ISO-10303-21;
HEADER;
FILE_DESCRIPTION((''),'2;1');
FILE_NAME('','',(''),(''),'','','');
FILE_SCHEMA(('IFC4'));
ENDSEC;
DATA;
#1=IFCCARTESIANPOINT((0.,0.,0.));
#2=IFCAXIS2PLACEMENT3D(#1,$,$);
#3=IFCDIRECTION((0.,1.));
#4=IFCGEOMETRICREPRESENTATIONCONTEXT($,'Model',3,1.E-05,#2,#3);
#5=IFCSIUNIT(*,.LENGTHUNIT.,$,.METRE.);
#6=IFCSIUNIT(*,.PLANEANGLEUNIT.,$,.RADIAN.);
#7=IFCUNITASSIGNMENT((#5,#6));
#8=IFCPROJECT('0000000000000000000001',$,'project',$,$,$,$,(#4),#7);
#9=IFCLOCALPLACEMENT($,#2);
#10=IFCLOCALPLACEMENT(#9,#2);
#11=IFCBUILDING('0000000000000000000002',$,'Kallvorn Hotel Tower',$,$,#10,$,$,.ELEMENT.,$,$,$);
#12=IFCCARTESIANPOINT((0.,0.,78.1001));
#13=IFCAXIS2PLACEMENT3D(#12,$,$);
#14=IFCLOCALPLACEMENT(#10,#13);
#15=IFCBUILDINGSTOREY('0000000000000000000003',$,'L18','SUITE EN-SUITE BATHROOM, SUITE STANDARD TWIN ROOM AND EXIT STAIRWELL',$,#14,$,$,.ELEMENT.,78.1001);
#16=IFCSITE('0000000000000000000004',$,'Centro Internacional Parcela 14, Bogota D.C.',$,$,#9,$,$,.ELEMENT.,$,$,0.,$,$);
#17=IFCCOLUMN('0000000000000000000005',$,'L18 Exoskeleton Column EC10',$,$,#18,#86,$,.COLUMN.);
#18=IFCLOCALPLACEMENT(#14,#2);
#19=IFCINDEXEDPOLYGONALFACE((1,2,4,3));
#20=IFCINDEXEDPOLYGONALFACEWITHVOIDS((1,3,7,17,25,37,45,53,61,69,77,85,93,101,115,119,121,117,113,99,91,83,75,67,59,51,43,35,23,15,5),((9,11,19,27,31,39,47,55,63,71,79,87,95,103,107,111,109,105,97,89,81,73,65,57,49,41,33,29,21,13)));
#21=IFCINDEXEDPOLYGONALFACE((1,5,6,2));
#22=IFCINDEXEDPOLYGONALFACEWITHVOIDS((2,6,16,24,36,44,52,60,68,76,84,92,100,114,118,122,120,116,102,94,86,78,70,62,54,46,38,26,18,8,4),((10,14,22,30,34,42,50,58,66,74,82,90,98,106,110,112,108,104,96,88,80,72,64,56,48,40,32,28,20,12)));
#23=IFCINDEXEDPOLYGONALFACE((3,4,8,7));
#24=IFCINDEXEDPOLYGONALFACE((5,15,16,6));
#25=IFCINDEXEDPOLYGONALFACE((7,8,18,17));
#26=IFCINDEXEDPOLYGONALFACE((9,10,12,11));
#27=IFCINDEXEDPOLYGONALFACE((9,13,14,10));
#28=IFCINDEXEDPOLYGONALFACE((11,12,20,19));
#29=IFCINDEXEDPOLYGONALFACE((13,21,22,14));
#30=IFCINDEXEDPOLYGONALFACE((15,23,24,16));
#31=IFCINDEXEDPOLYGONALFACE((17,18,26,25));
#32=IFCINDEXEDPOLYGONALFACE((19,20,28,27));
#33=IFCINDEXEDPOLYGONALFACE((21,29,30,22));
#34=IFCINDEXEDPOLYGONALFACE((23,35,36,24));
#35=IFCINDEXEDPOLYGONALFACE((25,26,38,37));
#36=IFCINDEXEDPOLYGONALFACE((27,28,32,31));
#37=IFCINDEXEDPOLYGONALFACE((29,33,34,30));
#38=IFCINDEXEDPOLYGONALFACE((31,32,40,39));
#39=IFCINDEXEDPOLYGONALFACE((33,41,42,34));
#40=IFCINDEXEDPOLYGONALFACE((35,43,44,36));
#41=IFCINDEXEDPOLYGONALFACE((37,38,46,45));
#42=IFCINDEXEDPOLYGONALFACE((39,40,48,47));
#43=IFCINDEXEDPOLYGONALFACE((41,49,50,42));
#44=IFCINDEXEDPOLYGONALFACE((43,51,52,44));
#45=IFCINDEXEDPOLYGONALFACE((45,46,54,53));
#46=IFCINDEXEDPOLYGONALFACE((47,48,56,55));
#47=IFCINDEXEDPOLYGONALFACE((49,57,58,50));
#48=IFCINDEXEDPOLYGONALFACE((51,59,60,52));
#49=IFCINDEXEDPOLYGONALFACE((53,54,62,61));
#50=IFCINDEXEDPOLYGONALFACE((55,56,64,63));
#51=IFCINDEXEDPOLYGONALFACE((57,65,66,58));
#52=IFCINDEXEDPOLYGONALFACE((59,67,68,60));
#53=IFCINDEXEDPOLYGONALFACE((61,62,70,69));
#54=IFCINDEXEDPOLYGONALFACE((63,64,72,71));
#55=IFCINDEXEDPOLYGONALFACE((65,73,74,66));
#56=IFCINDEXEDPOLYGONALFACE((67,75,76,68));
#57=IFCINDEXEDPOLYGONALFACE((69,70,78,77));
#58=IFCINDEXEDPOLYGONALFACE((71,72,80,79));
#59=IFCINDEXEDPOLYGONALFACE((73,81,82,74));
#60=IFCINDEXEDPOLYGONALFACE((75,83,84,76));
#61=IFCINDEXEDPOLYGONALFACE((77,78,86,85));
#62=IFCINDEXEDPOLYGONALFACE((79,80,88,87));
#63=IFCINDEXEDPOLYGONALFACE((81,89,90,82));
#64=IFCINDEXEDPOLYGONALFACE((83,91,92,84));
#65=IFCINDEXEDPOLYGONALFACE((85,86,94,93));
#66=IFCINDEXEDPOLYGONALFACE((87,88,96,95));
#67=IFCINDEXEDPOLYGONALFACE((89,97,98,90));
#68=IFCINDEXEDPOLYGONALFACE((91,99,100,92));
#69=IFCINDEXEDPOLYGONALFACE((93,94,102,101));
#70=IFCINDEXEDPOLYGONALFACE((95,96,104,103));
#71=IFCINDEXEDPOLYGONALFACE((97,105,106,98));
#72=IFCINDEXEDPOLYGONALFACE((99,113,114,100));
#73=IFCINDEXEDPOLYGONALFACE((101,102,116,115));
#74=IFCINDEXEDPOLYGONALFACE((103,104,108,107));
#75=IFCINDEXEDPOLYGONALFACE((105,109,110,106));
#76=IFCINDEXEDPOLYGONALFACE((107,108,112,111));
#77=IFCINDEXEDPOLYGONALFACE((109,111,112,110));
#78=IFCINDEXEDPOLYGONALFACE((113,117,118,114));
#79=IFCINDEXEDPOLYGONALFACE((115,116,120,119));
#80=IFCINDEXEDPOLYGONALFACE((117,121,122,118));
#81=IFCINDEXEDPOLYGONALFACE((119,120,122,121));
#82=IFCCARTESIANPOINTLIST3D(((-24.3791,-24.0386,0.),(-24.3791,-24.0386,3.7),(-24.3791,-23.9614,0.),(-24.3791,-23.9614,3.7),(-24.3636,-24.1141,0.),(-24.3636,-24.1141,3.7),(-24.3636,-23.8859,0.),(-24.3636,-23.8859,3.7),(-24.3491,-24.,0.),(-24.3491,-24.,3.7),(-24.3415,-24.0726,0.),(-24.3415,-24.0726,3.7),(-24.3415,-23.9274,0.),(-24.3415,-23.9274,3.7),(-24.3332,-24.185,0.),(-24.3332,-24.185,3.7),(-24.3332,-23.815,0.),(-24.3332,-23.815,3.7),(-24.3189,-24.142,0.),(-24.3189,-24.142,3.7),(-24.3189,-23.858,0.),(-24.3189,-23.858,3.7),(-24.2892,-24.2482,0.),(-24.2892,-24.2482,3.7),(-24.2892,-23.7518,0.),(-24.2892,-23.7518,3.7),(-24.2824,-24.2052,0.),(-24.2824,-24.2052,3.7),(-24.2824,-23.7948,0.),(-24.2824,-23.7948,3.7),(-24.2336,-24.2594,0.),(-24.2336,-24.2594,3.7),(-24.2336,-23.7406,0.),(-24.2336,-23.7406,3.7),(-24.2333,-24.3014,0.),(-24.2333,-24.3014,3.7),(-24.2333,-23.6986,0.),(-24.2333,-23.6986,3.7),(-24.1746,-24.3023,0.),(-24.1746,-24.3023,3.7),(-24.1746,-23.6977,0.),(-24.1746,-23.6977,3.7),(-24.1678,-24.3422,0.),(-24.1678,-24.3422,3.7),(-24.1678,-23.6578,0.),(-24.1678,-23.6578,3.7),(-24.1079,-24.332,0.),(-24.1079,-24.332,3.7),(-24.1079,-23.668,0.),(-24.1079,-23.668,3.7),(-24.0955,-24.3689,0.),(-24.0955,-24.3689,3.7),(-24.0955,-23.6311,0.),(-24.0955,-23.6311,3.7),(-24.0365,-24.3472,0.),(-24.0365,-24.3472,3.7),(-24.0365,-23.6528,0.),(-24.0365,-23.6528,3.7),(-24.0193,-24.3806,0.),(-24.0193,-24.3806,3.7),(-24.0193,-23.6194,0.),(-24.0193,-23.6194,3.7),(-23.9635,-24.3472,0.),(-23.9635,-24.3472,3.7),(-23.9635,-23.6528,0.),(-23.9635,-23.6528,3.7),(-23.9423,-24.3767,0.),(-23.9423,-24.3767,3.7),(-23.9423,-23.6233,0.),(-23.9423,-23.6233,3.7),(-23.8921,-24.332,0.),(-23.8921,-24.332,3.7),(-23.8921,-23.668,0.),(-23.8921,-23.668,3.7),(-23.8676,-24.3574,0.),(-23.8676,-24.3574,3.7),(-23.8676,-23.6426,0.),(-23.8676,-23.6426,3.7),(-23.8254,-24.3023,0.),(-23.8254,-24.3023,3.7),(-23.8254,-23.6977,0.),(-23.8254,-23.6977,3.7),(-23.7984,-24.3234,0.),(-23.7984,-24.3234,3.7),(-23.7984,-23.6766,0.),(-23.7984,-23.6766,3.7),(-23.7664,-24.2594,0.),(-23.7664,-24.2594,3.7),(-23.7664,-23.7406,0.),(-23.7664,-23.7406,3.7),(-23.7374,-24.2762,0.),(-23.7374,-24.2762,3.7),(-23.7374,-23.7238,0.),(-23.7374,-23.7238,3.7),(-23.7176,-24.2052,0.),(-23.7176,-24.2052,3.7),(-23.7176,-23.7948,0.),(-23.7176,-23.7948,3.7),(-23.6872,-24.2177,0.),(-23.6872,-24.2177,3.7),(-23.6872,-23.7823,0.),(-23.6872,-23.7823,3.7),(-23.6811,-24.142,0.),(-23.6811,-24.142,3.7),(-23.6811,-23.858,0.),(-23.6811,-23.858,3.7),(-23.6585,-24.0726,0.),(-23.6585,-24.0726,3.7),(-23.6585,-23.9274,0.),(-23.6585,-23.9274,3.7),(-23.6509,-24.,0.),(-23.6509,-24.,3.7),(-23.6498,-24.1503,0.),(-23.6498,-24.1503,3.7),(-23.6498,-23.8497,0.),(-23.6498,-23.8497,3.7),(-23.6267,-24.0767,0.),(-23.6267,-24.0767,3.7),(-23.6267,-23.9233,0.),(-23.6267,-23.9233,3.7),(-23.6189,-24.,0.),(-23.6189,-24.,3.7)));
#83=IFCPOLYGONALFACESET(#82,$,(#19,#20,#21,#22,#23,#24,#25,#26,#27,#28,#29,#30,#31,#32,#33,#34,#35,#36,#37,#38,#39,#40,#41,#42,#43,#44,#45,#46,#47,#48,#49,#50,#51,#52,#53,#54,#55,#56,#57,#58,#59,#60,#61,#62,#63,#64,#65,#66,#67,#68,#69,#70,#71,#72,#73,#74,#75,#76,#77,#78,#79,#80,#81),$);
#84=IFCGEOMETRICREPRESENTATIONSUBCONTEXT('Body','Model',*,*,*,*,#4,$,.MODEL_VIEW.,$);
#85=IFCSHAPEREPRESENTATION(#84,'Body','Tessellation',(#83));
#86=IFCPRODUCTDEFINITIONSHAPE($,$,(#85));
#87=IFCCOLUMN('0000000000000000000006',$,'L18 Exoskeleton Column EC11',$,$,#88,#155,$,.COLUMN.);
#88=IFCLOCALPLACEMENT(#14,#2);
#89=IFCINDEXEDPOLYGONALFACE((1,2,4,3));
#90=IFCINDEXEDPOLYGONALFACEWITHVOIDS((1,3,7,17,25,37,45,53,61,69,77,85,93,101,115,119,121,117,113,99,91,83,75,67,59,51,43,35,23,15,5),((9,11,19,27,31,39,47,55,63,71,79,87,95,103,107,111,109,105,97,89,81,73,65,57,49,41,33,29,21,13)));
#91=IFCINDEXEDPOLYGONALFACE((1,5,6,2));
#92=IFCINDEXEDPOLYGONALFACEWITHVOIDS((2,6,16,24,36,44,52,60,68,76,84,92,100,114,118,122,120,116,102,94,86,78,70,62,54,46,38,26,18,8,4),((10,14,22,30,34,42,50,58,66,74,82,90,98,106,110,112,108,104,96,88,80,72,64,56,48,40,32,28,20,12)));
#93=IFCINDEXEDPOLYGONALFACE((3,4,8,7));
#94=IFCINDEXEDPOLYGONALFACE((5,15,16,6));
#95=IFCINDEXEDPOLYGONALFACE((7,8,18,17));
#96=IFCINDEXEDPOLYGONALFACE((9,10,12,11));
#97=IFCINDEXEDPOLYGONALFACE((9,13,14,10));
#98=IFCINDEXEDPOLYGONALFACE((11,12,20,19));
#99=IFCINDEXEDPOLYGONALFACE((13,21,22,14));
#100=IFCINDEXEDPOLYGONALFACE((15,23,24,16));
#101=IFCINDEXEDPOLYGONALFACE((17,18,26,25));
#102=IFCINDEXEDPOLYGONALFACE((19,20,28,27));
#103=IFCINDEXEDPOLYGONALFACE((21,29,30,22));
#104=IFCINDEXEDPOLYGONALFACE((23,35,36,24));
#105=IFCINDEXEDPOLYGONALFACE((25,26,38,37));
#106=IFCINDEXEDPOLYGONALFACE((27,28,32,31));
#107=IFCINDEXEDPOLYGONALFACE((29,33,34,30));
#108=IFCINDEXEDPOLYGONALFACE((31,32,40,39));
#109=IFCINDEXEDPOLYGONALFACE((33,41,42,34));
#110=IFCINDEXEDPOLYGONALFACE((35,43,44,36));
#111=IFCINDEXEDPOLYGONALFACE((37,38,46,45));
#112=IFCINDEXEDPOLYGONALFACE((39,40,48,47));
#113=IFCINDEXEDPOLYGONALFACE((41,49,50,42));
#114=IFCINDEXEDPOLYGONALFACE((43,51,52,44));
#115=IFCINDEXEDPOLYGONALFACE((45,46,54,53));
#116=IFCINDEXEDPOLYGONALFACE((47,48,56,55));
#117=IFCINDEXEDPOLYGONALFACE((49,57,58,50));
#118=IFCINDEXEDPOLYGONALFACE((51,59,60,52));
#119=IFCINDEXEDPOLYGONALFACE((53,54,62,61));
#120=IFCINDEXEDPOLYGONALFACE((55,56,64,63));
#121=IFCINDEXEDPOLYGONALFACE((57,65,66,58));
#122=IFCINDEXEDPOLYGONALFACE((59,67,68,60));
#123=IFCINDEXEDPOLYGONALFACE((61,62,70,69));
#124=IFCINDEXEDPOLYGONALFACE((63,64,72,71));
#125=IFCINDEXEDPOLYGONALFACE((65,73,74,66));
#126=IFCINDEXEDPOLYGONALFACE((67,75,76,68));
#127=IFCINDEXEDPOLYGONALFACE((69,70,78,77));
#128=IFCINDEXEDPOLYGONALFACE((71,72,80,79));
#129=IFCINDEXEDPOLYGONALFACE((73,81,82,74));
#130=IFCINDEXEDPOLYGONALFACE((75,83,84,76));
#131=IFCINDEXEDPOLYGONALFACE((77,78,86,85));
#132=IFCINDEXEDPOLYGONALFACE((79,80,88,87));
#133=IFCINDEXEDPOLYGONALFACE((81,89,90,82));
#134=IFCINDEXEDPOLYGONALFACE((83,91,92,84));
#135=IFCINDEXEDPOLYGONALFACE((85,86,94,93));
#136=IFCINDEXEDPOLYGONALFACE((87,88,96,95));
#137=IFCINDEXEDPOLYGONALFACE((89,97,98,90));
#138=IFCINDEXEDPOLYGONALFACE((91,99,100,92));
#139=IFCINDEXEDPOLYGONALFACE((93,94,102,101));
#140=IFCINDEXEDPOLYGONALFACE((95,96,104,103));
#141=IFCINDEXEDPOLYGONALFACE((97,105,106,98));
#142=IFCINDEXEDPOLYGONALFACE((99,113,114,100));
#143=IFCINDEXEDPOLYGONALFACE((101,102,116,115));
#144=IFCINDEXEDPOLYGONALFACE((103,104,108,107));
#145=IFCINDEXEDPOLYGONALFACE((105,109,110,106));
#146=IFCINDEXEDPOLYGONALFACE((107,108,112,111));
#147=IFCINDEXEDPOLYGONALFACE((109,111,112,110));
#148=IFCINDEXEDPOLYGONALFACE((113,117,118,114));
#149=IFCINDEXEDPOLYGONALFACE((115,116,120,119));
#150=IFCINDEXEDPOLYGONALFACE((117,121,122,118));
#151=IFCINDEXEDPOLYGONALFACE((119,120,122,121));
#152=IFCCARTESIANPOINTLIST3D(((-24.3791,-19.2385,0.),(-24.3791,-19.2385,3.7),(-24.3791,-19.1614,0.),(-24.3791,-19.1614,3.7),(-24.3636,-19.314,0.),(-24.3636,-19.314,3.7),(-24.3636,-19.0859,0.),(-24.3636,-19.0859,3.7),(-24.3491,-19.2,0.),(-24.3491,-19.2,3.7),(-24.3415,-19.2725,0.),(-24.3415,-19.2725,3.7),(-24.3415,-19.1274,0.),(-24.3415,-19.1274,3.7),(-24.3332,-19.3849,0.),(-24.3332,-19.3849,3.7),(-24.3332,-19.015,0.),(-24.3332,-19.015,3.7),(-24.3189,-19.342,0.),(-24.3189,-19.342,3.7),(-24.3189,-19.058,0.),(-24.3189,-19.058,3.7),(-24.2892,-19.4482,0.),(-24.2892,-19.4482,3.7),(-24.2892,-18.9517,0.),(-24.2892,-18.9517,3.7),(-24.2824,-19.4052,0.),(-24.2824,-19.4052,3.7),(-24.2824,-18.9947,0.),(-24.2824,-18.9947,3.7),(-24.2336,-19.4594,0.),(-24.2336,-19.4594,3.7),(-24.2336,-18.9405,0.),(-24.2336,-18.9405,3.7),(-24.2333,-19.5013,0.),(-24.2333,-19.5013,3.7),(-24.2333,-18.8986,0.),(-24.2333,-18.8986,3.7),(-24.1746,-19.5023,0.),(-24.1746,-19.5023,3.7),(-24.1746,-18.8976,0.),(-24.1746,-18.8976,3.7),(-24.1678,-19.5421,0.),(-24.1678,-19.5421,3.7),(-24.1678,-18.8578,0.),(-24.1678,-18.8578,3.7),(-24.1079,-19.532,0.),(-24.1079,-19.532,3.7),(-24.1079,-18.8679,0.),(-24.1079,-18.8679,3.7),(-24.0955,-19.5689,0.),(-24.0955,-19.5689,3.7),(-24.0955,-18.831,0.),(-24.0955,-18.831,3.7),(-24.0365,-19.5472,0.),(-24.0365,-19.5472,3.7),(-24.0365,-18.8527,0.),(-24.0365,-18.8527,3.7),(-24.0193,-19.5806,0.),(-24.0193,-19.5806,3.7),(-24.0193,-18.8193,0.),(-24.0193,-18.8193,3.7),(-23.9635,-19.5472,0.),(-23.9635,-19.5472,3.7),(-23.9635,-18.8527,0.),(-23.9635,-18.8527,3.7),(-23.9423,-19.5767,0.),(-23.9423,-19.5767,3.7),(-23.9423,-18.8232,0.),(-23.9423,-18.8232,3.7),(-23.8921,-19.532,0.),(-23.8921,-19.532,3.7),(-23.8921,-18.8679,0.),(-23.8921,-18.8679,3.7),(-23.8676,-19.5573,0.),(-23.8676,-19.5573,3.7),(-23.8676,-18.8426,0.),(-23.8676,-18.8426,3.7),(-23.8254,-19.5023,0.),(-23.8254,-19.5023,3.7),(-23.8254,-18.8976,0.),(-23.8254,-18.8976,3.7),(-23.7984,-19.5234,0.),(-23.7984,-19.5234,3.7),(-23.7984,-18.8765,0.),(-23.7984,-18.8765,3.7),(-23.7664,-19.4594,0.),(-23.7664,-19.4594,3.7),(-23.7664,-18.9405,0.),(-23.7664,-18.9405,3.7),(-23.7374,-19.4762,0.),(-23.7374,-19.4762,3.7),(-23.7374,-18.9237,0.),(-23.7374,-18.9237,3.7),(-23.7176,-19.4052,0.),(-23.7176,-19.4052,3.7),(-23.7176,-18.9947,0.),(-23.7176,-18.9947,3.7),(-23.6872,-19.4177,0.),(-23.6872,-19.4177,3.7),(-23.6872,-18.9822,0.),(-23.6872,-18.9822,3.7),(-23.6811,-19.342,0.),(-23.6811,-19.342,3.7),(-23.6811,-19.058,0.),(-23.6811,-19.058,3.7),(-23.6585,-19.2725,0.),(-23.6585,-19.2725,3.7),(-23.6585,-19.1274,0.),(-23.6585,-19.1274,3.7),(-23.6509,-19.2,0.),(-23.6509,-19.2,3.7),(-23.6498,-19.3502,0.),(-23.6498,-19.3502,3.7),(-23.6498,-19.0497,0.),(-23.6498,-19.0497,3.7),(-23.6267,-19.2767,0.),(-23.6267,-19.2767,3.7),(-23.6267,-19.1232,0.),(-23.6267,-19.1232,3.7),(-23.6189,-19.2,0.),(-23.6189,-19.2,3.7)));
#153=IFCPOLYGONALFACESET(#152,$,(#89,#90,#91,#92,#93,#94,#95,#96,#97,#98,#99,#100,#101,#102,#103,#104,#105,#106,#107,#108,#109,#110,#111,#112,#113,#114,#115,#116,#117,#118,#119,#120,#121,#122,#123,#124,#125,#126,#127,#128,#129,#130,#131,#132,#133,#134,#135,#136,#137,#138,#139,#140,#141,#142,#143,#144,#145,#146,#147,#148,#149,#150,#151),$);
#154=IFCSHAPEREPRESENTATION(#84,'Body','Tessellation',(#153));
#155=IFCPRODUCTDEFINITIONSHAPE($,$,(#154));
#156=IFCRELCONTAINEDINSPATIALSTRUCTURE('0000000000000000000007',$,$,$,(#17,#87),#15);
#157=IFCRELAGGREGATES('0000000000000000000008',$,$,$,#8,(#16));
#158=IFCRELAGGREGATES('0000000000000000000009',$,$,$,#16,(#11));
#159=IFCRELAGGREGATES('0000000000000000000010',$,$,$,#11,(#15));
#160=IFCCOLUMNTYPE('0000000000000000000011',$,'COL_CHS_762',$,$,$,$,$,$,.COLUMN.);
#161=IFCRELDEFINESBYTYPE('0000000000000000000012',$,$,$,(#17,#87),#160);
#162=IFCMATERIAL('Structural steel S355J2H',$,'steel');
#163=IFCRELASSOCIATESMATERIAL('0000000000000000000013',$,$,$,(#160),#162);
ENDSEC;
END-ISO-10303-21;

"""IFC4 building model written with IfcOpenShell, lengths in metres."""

from ifc_helpers import new_model, si_unit, direction, frame, origin, origin_2d, place, context, subcontext, project, spatial, hollow_circle, extrude, material, material_profile, profile_set, type_object, element, save


model = new_model("IFC4")

# Units and contexts
model_context = context("Model", 3, precision=1e-05, world=origin(), true_north=direction((0.0, 1.0)))
body_context = subcontext(model_context, "Body", "Model", "MODEL_VIEW")
ifc_project = project(units=[si_unit("LENGTHUNIT", "METRE"), si_unit("PLANEANGLEUNIT", "RADIAN")], contexts=[model_context])

# Site, building, storey
site_placement = place(None, origin())
site = spatial("IfcSite", under=ifc_project, at=site_placement, Name="Centro Internacional Parcela 14, Bogota D.C.", CompositionType="ELEMENT", RefElevation=0.0)
building_placement = place(site_placement, origin())
building = spatial("IfcBuilding", under=site, at=building_placement, Name="Kallvorn Hotel Tower", CompositionType="ELEMENT")
storey_placement = place(building_placement, frame((0.0, 0.0, 78.1001)))
storey = spatial("IfcBuildingStorey", under=building, at=storey_placement, Name="L18", Description="SUITE EN-SUITE BATHROOM, SUITE STANDARD TWIN ROOM AND EXIT STAIRWELL", CompositionType="ELEMENT", Elevation=78.1001)

# Columns
ifc_material_1 = material(Name="Structural steel S355J2H", Category="steel")
ifc_material_profile_1 = material_profile(ifc_material_1, hollow_circle(Radius=0.3811, WallThickness=0.032, at=origin_2d()), Name="CHS 762x32")
ifc_profile_set_1 = profile_set([ifc_material_profile_1], Name="Structural steel S355J2H")
column_type = type_object("IfcColumnType", Name="COL_CHS_762", PredefinedType="COLUMN", material=ifc_profile_set_1)
for number, where, z_axis, x_axis, name in (
    (1, (-24.0, -24.0, 0.0), (0.0, 0.0, 1.0), (1.0, 0.0, 0.0), "L18 Exoskeleton Column EC10"),
    (2, (-24.0, -19.2, 0.0), (0.0, 0.0, 1.0), (1.0, 0.0, 0.0), "L18 Exoskeleton Column EC11"),
):
    element("IfcColumn", number, at=place(storey_placement, frame(where, z_axis=z_axis, x_axis=x_axis)), inside=storey, type_object=column_type, Name=name, PredefinedType="COLUMN", context=body_context, shape_type="SweptSolid", body=[
        extrude(hollow_circle(Radius=0.3811, WallThickness=0.032, at=origin_2d()), origin(), (0.0, 0.0, 1.0), 3.7),
    ])

save(model, "model.ifc")
